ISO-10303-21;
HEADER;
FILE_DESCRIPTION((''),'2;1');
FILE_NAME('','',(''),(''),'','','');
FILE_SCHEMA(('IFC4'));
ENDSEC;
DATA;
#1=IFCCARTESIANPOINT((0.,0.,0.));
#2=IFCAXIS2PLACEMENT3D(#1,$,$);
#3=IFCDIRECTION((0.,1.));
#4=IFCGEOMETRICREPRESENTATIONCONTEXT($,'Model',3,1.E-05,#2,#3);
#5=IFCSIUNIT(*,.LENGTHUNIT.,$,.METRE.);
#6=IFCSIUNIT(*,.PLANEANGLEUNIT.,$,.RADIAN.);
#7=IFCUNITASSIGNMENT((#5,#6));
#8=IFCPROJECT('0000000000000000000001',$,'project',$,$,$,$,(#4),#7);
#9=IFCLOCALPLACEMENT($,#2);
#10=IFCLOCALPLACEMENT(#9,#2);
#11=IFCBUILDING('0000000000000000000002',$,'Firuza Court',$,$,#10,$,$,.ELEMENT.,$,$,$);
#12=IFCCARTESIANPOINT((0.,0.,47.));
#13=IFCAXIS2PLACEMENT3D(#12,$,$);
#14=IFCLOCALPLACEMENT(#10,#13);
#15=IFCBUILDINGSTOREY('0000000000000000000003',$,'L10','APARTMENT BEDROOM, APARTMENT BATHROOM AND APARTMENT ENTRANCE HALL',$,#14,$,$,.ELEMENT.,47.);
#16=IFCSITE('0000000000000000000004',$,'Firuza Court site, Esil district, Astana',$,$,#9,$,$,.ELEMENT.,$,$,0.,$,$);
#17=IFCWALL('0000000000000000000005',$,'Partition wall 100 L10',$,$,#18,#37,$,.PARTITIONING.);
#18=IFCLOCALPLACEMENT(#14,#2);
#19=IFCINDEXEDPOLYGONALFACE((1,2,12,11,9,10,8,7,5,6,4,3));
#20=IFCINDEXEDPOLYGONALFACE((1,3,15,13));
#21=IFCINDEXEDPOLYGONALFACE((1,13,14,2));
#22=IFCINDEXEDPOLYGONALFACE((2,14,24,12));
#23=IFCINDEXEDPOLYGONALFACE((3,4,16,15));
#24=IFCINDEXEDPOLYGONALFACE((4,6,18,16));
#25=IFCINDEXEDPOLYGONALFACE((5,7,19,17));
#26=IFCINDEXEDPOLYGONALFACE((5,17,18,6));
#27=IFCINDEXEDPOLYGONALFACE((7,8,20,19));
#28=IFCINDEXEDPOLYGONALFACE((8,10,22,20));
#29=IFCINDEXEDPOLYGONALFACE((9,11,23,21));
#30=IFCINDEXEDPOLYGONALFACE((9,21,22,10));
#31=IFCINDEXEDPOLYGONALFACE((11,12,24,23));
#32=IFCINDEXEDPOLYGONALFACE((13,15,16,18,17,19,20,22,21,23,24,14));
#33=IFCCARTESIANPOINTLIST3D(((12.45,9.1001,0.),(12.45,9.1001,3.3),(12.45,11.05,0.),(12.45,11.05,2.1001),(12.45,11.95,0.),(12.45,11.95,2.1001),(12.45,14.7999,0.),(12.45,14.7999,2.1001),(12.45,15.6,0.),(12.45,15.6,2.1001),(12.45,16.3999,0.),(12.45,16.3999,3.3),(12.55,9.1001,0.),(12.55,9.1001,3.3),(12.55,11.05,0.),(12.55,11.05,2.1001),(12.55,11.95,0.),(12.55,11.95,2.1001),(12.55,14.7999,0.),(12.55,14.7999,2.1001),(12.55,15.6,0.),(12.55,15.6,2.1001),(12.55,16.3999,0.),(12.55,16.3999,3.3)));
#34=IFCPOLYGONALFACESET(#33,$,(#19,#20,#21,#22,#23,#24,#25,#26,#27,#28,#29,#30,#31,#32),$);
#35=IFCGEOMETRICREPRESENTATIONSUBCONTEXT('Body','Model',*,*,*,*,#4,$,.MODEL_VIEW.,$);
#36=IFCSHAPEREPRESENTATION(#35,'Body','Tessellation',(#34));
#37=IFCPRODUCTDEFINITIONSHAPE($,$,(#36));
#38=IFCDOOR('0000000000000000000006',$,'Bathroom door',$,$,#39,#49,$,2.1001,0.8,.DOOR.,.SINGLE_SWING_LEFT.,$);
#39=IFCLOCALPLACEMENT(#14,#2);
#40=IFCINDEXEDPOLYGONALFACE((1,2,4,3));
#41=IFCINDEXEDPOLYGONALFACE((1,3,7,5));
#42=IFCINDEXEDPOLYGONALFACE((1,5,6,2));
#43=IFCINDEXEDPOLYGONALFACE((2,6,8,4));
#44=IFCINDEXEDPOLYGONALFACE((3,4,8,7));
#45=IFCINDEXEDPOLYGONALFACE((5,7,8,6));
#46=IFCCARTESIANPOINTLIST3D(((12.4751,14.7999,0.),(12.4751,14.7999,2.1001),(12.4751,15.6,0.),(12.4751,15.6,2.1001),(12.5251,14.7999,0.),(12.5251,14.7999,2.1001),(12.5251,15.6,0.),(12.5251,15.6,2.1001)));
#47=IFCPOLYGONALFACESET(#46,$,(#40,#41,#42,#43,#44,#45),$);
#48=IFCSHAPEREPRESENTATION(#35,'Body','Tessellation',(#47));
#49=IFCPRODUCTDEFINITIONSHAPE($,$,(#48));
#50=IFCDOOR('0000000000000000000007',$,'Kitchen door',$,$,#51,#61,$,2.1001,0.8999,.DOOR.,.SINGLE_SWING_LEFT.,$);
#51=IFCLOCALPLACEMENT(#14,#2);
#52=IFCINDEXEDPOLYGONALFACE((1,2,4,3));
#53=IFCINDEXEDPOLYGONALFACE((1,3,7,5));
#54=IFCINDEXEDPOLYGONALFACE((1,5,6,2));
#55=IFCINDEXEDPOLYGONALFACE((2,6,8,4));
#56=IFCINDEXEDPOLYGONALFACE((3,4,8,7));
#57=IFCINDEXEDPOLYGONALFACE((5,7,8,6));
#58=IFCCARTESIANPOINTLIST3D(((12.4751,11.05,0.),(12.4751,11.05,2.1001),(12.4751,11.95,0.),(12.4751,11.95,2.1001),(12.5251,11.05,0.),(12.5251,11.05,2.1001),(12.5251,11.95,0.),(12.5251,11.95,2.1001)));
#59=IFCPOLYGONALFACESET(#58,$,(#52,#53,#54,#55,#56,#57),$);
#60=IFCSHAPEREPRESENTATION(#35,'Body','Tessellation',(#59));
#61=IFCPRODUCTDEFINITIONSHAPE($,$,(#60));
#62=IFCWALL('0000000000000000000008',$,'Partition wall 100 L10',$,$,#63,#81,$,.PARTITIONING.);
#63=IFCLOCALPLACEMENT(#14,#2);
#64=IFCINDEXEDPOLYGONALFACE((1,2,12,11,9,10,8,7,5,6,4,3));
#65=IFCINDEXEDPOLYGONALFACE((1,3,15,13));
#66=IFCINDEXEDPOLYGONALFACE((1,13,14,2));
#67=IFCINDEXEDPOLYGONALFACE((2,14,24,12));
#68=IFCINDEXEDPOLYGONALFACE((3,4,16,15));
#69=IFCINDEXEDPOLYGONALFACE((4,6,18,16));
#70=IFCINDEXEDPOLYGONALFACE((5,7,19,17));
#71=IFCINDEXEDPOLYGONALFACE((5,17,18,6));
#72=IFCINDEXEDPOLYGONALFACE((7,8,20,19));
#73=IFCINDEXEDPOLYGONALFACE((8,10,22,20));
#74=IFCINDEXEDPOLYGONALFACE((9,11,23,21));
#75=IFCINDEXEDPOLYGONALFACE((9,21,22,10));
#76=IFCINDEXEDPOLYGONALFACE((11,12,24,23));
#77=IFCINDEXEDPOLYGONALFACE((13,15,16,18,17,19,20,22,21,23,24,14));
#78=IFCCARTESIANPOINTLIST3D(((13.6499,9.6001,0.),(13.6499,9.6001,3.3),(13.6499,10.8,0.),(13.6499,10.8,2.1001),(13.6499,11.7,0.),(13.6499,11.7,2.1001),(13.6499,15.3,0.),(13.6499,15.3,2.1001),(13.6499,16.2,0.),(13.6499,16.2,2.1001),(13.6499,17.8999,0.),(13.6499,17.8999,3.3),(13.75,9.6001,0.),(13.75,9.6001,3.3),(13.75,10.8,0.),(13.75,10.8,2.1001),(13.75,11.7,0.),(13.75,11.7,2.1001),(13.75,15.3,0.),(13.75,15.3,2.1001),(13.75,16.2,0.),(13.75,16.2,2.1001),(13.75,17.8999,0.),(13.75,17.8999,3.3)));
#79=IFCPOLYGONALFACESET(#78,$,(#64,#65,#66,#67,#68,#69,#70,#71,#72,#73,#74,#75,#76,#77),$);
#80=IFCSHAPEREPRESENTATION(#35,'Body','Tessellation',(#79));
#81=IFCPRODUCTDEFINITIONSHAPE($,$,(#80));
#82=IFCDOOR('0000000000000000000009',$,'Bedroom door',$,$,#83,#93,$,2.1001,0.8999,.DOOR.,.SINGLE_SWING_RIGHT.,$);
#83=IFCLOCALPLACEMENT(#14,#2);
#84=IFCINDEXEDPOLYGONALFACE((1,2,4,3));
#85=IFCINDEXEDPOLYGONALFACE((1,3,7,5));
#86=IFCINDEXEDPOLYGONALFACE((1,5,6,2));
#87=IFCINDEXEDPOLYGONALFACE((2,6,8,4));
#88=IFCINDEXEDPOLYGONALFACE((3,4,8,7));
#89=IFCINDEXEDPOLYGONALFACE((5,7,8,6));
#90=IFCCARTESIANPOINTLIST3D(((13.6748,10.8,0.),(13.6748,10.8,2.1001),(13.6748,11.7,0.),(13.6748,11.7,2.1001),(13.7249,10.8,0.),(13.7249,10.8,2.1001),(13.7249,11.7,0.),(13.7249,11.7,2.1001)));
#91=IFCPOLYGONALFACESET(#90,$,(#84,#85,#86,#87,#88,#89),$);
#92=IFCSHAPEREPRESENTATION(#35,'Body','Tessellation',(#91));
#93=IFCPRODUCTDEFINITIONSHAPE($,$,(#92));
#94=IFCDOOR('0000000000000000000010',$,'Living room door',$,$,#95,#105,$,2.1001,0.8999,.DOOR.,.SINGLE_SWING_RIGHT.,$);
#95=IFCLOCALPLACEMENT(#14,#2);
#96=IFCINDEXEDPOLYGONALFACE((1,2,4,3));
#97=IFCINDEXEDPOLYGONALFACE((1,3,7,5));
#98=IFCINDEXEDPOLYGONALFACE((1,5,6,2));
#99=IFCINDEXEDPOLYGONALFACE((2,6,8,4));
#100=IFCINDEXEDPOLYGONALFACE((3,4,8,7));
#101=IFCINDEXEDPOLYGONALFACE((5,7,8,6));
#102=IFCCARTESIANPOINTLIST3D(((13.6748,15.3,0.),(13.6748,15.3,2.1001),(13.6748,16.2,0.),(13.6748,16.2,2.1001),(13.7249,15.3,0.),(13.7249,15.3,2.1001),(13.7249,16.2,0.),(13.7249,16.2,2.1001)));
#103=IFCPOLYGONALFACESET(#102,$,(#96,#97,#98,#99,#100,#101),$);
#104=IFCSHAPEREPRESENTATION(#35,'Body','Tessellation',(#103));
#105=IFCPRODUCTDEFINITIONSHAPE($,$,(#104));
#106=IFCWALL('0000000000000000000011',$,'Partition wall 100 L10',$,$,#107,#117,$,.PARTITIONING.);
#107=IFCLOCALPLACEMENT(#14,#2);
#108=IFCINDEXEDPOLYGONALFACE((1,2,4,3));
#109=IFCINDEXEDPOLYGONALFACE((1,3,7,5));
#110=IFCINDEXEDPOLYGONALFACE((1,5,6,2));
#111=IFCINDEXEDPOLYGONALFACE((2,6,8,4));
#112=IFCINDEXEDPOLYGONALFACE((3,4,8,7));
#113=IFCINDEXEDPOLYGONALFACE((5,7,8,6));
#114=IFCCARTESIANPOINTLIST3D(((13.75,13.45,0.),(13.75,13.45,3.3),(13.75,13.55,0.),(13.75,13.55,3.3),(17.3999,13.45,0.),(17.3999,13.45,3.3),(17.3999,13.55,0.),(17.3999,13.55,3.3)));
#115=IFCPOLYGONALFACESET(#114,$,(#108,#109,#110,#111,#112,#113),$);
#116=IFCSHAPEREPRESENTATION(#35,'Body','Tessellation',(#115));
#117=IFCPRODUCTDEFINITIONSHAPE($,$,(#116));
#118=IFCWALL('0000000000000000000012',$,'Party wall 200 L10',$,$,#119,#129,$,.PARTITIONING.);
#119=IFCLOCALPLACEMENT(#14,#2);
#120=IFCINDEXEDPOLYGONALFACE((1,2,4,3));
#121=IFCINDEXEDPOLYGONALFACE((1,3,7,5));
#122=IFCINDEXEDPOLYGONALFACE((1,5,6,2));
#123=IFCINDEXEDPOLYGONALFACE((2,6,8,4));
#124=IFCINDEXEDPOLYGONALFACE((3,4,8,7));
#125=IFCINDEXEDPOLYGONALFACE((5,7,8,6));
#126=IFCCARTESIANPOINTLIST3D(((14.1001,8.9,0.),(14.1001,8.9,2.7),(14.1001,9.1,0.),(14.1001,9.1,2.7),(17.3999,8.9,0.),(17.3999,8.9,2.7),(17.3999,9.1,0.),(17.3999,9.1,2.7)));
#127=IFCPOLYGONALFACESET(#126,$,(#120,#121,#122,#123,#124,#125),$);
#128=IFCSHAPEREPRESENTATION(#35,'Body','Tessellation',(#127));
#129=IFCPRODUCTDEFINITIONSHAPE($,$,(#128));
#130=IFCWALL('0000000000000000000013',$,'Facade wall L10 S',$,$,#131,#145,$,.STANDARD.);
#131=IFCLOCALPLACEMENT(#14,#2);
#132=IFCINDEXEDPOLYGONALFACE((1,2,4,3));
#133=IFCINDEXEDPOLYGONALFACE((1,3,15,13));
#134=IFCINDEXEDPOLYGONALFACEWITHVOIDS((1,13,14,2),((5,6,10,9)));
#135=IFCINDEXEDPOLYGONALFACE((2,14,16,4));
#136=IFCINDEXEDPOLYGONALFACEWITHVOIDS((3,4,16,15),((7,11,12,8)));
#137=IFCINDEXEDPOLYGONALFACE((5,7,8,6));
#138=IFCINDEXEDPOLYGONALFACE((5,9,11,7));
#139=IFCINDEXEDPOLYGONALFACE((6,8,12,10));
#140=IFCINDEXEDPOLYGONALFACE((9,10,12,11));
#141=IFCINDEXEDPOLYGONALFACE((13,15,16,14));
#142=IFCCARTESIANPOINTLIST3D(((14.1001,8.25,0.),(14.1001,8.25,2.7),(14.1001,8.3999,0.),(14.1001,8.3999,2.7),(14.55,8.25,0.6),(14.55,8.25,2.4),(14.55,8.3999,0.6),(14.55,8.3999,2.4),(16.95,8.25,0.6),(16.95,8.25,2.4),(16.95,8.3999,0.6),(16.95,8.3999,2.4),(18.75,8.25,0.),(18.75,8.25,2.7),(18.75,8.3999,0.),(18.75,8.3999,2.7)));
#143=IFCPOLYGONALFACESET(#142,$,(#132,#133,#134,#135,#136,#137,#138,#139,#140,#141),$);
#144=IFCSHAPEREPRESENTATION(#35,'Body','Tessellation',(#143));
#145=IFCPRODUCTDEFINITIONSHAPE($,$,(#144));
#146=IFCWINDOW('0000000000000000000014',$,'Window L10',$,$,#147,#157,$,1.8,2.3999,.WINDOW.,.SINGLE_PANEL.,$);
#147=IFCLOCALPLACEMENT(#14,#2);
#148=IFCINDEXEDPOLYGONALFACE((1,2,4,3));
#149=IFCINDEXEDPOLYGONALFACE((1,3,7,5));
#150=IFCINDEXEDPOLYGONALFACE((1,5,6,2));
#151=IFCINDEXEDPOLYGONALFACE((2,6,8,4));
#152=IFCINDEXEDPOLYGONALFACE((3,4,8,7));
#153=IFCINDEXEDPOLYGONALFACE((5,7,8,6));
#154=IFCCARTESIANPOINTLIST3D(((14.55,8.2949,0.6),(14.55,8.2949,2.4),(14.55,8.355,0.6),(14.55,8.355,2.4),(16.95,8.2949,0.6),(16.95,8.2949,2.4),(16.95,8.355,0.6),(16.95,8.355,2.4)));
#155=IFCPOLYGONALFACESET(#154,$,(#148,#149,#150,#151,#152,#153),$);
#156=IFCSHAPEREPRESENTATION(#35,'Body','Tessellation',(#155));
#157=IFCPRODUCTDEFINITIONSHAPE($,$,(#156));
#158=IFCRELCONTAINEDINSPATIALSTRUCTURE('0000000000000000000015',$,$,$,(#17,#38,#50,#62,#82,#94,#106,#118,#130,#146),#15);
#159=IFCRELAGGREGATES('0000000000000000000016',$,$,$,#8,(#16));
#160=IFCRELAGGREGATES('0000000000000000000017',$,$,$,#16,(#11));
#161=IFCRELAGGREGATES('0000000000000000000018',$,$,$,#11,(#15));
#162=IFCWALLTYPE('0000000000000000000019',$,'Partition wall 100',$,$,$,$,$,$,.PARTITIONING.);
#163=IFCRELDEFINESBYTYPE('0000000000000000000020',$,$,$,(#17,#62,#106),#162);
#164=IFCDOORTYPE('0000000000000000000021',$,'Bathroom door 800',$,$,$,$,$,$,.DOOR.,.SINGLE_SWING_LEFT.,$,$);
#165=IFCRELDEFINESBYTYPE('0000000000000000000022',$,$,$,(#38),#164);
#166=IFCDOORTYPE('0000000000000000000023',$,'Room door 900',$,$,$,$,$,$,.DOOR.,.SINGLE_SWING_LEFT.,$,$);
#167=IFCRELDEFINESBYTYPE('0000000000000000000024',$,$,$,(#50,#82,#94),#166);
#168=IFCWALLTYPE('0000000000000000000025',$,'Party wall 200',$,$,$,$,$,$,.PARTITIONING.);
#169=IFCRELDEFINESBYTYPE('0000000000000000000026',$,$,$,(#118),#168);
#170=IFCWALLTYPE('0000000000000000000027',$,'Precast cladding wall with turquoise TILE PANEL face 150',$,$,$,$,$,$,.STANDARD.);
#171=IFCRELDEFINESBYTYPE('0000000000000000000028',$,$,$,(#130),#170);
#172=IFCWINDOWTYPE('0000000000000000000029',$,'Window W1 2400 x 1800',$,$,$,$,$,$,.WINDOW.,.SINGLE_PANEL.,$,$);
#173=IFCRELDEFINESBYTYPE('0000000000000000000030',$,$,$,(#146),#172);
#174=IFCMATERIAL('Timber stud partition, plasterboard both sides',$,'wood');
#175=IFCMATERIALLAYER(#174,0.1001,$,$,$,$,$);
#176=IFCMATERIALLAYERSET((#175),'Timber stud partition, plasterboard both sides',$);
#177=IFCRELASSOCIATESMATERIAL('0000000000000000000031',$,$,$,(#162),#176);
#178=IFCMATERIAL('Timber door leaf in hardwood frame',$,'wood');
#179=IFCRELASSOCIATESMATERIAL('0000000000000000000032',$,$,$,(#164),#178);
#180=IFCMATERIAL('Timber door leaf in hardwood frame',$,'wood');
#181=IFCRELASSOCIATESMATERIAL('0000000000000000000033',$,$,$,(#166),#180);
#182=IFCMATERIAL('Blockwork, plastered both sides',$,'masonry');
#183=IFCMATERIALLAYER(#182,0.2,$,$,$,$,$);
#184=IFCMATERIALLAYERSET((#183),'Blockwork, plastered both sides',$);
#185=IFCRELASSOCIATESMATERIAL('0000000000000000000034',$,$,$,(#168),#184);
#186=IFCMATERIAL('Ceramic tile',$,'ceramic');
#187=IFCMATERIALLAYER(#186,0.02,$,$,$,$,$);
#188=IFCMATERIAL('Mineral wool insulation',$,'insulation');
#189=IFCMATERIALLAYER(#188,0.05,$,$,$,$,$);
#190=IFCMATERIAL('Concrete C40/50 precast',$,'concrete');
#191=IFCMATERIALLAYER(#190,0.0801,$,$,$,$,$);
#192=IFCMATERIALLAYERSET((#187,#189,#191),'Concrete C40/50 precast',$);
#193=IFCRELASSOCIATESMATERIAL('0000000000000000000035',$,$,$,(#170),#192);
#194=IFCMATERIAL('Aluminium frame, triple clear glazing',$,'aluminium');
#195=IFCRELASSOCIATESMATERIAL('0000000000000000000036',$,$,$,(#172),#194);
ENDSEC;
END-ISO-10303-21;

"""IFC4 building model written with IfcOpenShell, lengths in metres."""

from ifc_helpers import new_model, si_unit, direction, frame, frame_2d, origin, place, context, subcontext, project, spatial, rectangle, extrude, material, layer, layer_set, type_object, element, fill, save


model = new_model("IFC4")

# Units and contexts
model_context = context("Model", 3, precision=1e-05, world=origin(), true_north=direction((0.0, 1.0)))
body_context = subcontext(model_context, "Body", "Model", "MODEL_VIEW")
ifc_project = project(units=[si_unit("LENGTHUNIT", "METRE"), si_unit("PLANEANGLEUNIT", "RADIAN")], contexts=[model_context])

# Site, building, storey
site_placement = place(None, origin())
site = spatial("IfcSite", under=ifc_project, at=site_placement, Name="Firuza Court site, Esil district, Astana", CompositionType="ELEMENT", RefElevation=0.0)
building_placement = place(site_placement, origin())
building = spatial("IfcBuilding", under=site, at=building_placement, Name="Firuza Court", CompositionType="ELEMENT")
storey_placement = place(building_placement, frame((0.0, 0.0, 47.0)))
storey = spatial("IfcBuildingStorey", under=building, at=storey_placement, Name="L10", Description="APARTMENT BEDROOM, APARTMENT BATHROOM AND APARTMENT ENTRANCE HALL", CompositionType="ELEMENT", Elevation=47.0)

# Walls, openings, doors
ifc_material_1 = material(Name="Timber stud partition, plasterboard both sides", Category="wood")
ifc_layer_1 = layer(ifc_material_1, 0.1001)
ifc_layer_set_1 = layer_set([ifc_layer_1], Name="Timber stud partition, plasterboard both sides")
wall_type_1 = type_object("IfcWallType", Name="Partition wall 100", PredefinedType="PARTITIONING", material=ifc_layer_set_1)
wall_1_placement = place(storey_placement, frame((12.5, 9.1001, 0.0), z_axis=(0.0, 0.0, 1.0), x_axis=(0.0, 1.0, 0.0)))
wall_1 = element("IfcWall", 1, at=wall_1_placement, inside=storey, type_object=wall_type_1, Name="Partition wall 100 L10", PredefinedType="PARTITIONING", context=body_context, shape_type="SweptSolid", body=[
    extrude(rectangle(XDim=7.2998, YDim=0.1001, at=frame_2d((3.6499, 0.0))), origin(), (0.0, 0.0, 1.0), 3.3),
])
opening_1_placement = place(wall_1_placement, frame((5.7, 0.0, 0.0)))
opening_1 = element("IfcOpeningElement", 2, at=opening_1_placement, cuts=wall_1, PredefinedType="OPENING", context=body_context, shape_type="SweptSolid", body=[
    extrude(rectangle(XDim=0.8, YDim=2.1001, at=frame_2d((0.3999, 1.05))), frame((0.0, 0.062, 0.0), z_axis=(0.0, -1.0, 0.0), x_axis=(1.0, 0.0, 0.0)), (0.0, 0.0, 1.0), 0.124),
])
opening_2_placement = place(wall_1_placement, frame((1.95, 0.0, 0.0)))
opening_2 = element("IfcOpeningElement", 3, at=opening_2_placement, cuts=wall_1, PredefinedType="OPENING", context=body_context, shape_type="SweptSolid", body=[
    extrude(rectangle(XDim=0.8999, YDim=2.1001, at=frame_2d((0.45, 1.05))), frame((0.0, 0.062, 0.0), z_axis=(0.0, -1.0, 0.0), x_axis=(1.0, 0.0, 0.0)), (0.0, 0.0, 1.0), 0.124),
])
ifc_material_2 = material(Name="Timber door leaf in hardwood frame", Category="wood")
door_type_1 = type_object("IfcDoorType", Name="Bathroom door 800", OperationType="SINGLE_SWING_LEFT", PredefinedType="DOOR", material=ifc_material_2)
door_1_placement = place(opening_1_placement, origin())
door_1 = element("IfcDoor", 4, at=door_1_placement, inside=storey, type_object=door_type_1, Name="Bathroom door", OperationType="SINGLE_SWING_LEFT", OverallHeight=2.1001, OverallWidth=0.8, PredefinedType="DOOR", context=body_context, shape_type="SweptSolid", body=[
    extrude(rectangle(XDim=0.8, YDim=2.1001, at=frame_2d((0.3999, 1.05))), frame((0.0, 0.0249, 0.0), z_axis=(0.0, -1.0, 0.0), x_axis=(1.0, 0.0, 0.0)), (0.0, 0.0, 1.0), 0.05),
])
fill(opening_1, door_1)
ifc_material_3 = material(Name="Timber door leaf in hardwood frame", Category="wood")
door_type_2 = type_object("IfcDoorType", Name="Room door 900", OperationType="SINGLE_SWING_LEFT", PredefinedType="DOOR", material=ifc_material_3)
door_2_placement = place(opening_2_placement, origin())
door_2 = element("IfcDoor", 5, at=door_2_placement, inside=storey, type_object=door_type_2, Name="Kitchen door", OperationType="SINGLE_SWING_LEFT", OverallHeight=2.1001, OverallWidth=0.8999, PredefinedType="DOOR", context=body_context, shape_type="SweptSolid", body=[
    extrude(rectangle(XDim=0.8999, YDim=2.1001, at=frame_2d((0.45, 1.05))), frame((0.0, 0.0249, 0.0), z_axis=(0.0, -1.0, 0.0), x_axis=(1.0, 0.0, 0.0)), (0.0, 0.0, 1.0), 0.05),
])
fill(opening_2, door_2)
wall_2_placement = place(storey_placement, frame((13.7, 9.6001, 0.0), z_axis=(0.0, 0.0, 1.0), x_axis=(0.0, 1.0, 0.0)))
wall_2 = element("IfcWall", 6, at=wall_2_placement, inside=storey, type_object=wall_type_1, Name="Partition wall 100 L10", PredefinedType="PARTITIONING", context=body_context, shape_type="SweptSolid", body=[
    extrude(rectangle(XDim=8.2998, YDim=0.1001, at=frame_2d((4.1499, 0.0))), origin(), (0.0, 0.0, 1.0), 3.3),
])
opening_3_placement = place(wall_2_placement, frame((1.2, 0.0, 0.0)))
opening_3 = element("IfcOpeningElement", 7, at=opening_3_placement, cuts=wall_2, PredefinedType="OPENING", context=body_context, shape_type="SweptSolid", body=[
    extrude(rectangle(XDim=0.8999, YDim=2.1001, at=frame_2d((0.45, 1.05))), frame((0.0, 0.062, 0.0), z_axis=(0.0, -1.0, 0.0), x_axis=(1.0, 0.0, 0.0)), (0.0, 0.0, 1.0), 0.124),
])
opening_4_placement = place(wall_2_placement, frame((5.7, 0.0, 0.0)))
opening_4 = element("IfcOpeningElement", 8, at=opening_4_placement, cuts=wall_2, PredefinedType="OPENING", context=body_context, shape_type="SweptSolid", body=[
    extrude(rectangle(XDim=0.8999, YDim=2.1001, at=frame_2d((0.45, 1.05))), frame((0.0, 0.062, 0.0), z_axis=(0.0, -1.0, 0.0), x_axis=(1.0, 0.0, 0.0)), (0.0, 0.0, 1.0), 0.124),
])
door_3_placement = place(opening_3_placement, frame((0.8999, 0.0, 0.0), z_axis=(0.0, 0.0, 1.0), x_axis=(-1.0, 0.0, 0.0)))
door_3 = element("IfcDoor", 9, at=door_3_placement, inside=storey, type_object=door_type_2, Name="Bedroom door", OperationType="SINGLE_SWING_RIGHT", OverallHeight=2.1001, OverallWidth=0.8999, PredefinedType="DOOR", context=body_context, shape_type="SweptSolid", body=[
    extrude(rectangle(XDim=0.8999, YDim=2.1001, at=frame_2d((0.45, 1.05))), frame((0.0, 0.0249, 0.0), z_axis=(0.0, -1.0, 0.0), x_axis=(1.0, 0.0, 0.0)), (0.0, 0.0, 1.0), 0.05),
])
fill(opening_3, door_3)
door_4_placement = place(opening_4_placement, frame((0.8999, 0.0, 0.0), z_axis=(0.0, 0.0, 1.0), x_axis=(-1.0, 0.0, 0.0)))
door_4 = element("IfcDoor", 10, at=door_4_placement, inside=storey, type_object=door_type_2, Name="Living room door", OperationType="SINGLE_SWING_RIGHT", OverallHeight=2.1001, OverallWidth=0.8999, PredefinedType="DOOR", context=body_context, shape_type="SweptSolid", body=[
    extrude(rectangle(XDim=0.8999, YDim=2.1001, at=frame_2d((0.45, 1.05))), frame((0.0, 0.0249, 0.0), z_axis=(0.0, -1.0, 0.0), x_axis=(1.0, 0.0, 0.0)), (0.0, 0.0, 1.0), 0.05),
])
fill(opening_4, door_4)

# Walls
wall_3_placement = place(storey_placement, frame((13.75, 13.5, 0.0), z_axis=(0.0, 0.0, 1.0), x_axis=(1.0, 0.0, 0.0)))
element("IfcWall", 11, at=wall_3_placement, inside=storey, type_object=wall_type_1, Name="Partition wall 100 L10", PredefinedType="PARTITIONING", context=body_context, shape_type="SweptSolid", body=[
    extrude(rectangle(XDim=3.6499, YDim=0.1001, at=frame_2d((1.825, 0.0))), origin(), (0.0, 0.0, 1.0), 3.3),
])
ifc_material_4 = material(Name="Blockwork, plastered both sides", Category="masonry")
ifc_layer_2 = layer(ifc_material_4, 0.2)
ifc_layer_set_2 = layer_set([ifc_layer_2], Name="Blockwork, plastered both sides")
wall_type_2 = type_object("IfcWallType", Name="Party wall 200", PredefinedType="PARTITIONING", material=ifc_layer_set_2)
wall_4_placement = place(storey_placement, frame((14.1001, 9.0, 0.0), z_axis=(0.0, 0.0, 1.0), x_axis=(1.0, 0.0, 0.0)))
element("IfcWall", 12, at=wall_4_placement, inside=storey, type_object=wall_type_2, Name="Party wall 200 L10", PredefinedType="PARTITIONING", context=body_context, shape_type="SweptSolid", body=[
    extrude(rectangle(XDim=3.2998, YDim=0.2, at=frame_2d((1.6499, 0.0))), origin(), (0.0, 0.0, 1.0), 2.7),
])

# Wall, opening, window
ifc_material_5 = material(Name="Ceramic tile", Category="ceramic")
ifc_layer_3 = layer(ifc_material_5, 0.02)
ifc_material_6 = material(Name="Mineral wool insulation", Category="insulation")
ifc_layer_4 = layer(ifc_material_6, 0.05)
ifc_material_7 = material(Name="Concrete C40/50 precast", Category="concrete")
ifc_layer_5 = layer(ifc_material_7, 0.0801)
ifc_layer_set_3 = layer_set([ifc_layer_3, ifc_layer_4, ifc_layer_5], Name="Concrete C40/50 precast")
wall_type_3 = type_object("IfcWallType", Name="Precast cladding wall with turquoise TILE PANEL face 150", PredefinedType="STANDARD", material=ifc_layer_set_3)
wall_5_placement = place(storey_placement, frame((14.1001, 8.325, 0.0), z_axis=(0.0, 0.0, 1.0), x_axis=(1.0, 0.0, 0.0)))
wall_5 = element("IfcWall", 13, at=wall_5_placement, inside=storey, type_object=wall_type_3, Name="Facade wall L10 S", PredefinedType="STANDARD", context=body_context, shape_type="SweptSolid", body=[
    extrude(rectangle(XDim=4.6499, YDim=0.1499, at=frame_2d((2.325, 0.0))), origin(), (0.0, 0.0, 1.0), 2.7),
])
opening_5_placement = place(wall_5_placement, frame((0.45, 0.0, 0.6001)))
opening_5 = element("IfcOpeningElement", 14, at=opening_5_placement, cuts=wall_5, PredefinedType="OPENING", context=body_context, shape_type="SweptSolid", body=[
    extrude(rectangle(XDim=2.3999, YDim=1.8, at=frame_2d((1.2, 0.8999))), frame((0.0, 0.0869, 0.0), z_axis=(0.0, -1.0, 0.0), x_axis=(1.0, 0.0, 0.0)), (0.0, 0.0, 1.0), 0.1738),
])
ifc_material_8 = material(Name="Aluminium frame, triple clear glazing", Category="aluminium")
window_type = type_object("IfcWindowType", Name="Window W1 2400 x 1800", PartitioningType="SINGLE_PANEL", PredefinedType="WINDOW", material=ifc_material_8)
window_1_placement = place(opening_5_placement, origin())
window_1 = element("IfcWindow", 15, at=window_1_placement, inside=storey, type_object=window_type, Name="Window L10", OverallHeight=1.8, OverallWidth=2.3999, PartitioningType="SINGLE_PANEL", PredefinedType="WINDOW", context=body_context, shape_type="SweptSolid", body=[
    extrude(rectangle(XDim=2.3999, YDim=1.8, at=frame_2d((1.2, 0.8999))), frame((0.0, 0.03, 0.0), z_axis=(0.0, -1.0, 0.0), x_axis=(1.0, 0.0, 0.0)), (0.0, 0.0, 1.0), 0.0601),
])
fill(opening_5, window_1)

save(model, "model.ifc")
